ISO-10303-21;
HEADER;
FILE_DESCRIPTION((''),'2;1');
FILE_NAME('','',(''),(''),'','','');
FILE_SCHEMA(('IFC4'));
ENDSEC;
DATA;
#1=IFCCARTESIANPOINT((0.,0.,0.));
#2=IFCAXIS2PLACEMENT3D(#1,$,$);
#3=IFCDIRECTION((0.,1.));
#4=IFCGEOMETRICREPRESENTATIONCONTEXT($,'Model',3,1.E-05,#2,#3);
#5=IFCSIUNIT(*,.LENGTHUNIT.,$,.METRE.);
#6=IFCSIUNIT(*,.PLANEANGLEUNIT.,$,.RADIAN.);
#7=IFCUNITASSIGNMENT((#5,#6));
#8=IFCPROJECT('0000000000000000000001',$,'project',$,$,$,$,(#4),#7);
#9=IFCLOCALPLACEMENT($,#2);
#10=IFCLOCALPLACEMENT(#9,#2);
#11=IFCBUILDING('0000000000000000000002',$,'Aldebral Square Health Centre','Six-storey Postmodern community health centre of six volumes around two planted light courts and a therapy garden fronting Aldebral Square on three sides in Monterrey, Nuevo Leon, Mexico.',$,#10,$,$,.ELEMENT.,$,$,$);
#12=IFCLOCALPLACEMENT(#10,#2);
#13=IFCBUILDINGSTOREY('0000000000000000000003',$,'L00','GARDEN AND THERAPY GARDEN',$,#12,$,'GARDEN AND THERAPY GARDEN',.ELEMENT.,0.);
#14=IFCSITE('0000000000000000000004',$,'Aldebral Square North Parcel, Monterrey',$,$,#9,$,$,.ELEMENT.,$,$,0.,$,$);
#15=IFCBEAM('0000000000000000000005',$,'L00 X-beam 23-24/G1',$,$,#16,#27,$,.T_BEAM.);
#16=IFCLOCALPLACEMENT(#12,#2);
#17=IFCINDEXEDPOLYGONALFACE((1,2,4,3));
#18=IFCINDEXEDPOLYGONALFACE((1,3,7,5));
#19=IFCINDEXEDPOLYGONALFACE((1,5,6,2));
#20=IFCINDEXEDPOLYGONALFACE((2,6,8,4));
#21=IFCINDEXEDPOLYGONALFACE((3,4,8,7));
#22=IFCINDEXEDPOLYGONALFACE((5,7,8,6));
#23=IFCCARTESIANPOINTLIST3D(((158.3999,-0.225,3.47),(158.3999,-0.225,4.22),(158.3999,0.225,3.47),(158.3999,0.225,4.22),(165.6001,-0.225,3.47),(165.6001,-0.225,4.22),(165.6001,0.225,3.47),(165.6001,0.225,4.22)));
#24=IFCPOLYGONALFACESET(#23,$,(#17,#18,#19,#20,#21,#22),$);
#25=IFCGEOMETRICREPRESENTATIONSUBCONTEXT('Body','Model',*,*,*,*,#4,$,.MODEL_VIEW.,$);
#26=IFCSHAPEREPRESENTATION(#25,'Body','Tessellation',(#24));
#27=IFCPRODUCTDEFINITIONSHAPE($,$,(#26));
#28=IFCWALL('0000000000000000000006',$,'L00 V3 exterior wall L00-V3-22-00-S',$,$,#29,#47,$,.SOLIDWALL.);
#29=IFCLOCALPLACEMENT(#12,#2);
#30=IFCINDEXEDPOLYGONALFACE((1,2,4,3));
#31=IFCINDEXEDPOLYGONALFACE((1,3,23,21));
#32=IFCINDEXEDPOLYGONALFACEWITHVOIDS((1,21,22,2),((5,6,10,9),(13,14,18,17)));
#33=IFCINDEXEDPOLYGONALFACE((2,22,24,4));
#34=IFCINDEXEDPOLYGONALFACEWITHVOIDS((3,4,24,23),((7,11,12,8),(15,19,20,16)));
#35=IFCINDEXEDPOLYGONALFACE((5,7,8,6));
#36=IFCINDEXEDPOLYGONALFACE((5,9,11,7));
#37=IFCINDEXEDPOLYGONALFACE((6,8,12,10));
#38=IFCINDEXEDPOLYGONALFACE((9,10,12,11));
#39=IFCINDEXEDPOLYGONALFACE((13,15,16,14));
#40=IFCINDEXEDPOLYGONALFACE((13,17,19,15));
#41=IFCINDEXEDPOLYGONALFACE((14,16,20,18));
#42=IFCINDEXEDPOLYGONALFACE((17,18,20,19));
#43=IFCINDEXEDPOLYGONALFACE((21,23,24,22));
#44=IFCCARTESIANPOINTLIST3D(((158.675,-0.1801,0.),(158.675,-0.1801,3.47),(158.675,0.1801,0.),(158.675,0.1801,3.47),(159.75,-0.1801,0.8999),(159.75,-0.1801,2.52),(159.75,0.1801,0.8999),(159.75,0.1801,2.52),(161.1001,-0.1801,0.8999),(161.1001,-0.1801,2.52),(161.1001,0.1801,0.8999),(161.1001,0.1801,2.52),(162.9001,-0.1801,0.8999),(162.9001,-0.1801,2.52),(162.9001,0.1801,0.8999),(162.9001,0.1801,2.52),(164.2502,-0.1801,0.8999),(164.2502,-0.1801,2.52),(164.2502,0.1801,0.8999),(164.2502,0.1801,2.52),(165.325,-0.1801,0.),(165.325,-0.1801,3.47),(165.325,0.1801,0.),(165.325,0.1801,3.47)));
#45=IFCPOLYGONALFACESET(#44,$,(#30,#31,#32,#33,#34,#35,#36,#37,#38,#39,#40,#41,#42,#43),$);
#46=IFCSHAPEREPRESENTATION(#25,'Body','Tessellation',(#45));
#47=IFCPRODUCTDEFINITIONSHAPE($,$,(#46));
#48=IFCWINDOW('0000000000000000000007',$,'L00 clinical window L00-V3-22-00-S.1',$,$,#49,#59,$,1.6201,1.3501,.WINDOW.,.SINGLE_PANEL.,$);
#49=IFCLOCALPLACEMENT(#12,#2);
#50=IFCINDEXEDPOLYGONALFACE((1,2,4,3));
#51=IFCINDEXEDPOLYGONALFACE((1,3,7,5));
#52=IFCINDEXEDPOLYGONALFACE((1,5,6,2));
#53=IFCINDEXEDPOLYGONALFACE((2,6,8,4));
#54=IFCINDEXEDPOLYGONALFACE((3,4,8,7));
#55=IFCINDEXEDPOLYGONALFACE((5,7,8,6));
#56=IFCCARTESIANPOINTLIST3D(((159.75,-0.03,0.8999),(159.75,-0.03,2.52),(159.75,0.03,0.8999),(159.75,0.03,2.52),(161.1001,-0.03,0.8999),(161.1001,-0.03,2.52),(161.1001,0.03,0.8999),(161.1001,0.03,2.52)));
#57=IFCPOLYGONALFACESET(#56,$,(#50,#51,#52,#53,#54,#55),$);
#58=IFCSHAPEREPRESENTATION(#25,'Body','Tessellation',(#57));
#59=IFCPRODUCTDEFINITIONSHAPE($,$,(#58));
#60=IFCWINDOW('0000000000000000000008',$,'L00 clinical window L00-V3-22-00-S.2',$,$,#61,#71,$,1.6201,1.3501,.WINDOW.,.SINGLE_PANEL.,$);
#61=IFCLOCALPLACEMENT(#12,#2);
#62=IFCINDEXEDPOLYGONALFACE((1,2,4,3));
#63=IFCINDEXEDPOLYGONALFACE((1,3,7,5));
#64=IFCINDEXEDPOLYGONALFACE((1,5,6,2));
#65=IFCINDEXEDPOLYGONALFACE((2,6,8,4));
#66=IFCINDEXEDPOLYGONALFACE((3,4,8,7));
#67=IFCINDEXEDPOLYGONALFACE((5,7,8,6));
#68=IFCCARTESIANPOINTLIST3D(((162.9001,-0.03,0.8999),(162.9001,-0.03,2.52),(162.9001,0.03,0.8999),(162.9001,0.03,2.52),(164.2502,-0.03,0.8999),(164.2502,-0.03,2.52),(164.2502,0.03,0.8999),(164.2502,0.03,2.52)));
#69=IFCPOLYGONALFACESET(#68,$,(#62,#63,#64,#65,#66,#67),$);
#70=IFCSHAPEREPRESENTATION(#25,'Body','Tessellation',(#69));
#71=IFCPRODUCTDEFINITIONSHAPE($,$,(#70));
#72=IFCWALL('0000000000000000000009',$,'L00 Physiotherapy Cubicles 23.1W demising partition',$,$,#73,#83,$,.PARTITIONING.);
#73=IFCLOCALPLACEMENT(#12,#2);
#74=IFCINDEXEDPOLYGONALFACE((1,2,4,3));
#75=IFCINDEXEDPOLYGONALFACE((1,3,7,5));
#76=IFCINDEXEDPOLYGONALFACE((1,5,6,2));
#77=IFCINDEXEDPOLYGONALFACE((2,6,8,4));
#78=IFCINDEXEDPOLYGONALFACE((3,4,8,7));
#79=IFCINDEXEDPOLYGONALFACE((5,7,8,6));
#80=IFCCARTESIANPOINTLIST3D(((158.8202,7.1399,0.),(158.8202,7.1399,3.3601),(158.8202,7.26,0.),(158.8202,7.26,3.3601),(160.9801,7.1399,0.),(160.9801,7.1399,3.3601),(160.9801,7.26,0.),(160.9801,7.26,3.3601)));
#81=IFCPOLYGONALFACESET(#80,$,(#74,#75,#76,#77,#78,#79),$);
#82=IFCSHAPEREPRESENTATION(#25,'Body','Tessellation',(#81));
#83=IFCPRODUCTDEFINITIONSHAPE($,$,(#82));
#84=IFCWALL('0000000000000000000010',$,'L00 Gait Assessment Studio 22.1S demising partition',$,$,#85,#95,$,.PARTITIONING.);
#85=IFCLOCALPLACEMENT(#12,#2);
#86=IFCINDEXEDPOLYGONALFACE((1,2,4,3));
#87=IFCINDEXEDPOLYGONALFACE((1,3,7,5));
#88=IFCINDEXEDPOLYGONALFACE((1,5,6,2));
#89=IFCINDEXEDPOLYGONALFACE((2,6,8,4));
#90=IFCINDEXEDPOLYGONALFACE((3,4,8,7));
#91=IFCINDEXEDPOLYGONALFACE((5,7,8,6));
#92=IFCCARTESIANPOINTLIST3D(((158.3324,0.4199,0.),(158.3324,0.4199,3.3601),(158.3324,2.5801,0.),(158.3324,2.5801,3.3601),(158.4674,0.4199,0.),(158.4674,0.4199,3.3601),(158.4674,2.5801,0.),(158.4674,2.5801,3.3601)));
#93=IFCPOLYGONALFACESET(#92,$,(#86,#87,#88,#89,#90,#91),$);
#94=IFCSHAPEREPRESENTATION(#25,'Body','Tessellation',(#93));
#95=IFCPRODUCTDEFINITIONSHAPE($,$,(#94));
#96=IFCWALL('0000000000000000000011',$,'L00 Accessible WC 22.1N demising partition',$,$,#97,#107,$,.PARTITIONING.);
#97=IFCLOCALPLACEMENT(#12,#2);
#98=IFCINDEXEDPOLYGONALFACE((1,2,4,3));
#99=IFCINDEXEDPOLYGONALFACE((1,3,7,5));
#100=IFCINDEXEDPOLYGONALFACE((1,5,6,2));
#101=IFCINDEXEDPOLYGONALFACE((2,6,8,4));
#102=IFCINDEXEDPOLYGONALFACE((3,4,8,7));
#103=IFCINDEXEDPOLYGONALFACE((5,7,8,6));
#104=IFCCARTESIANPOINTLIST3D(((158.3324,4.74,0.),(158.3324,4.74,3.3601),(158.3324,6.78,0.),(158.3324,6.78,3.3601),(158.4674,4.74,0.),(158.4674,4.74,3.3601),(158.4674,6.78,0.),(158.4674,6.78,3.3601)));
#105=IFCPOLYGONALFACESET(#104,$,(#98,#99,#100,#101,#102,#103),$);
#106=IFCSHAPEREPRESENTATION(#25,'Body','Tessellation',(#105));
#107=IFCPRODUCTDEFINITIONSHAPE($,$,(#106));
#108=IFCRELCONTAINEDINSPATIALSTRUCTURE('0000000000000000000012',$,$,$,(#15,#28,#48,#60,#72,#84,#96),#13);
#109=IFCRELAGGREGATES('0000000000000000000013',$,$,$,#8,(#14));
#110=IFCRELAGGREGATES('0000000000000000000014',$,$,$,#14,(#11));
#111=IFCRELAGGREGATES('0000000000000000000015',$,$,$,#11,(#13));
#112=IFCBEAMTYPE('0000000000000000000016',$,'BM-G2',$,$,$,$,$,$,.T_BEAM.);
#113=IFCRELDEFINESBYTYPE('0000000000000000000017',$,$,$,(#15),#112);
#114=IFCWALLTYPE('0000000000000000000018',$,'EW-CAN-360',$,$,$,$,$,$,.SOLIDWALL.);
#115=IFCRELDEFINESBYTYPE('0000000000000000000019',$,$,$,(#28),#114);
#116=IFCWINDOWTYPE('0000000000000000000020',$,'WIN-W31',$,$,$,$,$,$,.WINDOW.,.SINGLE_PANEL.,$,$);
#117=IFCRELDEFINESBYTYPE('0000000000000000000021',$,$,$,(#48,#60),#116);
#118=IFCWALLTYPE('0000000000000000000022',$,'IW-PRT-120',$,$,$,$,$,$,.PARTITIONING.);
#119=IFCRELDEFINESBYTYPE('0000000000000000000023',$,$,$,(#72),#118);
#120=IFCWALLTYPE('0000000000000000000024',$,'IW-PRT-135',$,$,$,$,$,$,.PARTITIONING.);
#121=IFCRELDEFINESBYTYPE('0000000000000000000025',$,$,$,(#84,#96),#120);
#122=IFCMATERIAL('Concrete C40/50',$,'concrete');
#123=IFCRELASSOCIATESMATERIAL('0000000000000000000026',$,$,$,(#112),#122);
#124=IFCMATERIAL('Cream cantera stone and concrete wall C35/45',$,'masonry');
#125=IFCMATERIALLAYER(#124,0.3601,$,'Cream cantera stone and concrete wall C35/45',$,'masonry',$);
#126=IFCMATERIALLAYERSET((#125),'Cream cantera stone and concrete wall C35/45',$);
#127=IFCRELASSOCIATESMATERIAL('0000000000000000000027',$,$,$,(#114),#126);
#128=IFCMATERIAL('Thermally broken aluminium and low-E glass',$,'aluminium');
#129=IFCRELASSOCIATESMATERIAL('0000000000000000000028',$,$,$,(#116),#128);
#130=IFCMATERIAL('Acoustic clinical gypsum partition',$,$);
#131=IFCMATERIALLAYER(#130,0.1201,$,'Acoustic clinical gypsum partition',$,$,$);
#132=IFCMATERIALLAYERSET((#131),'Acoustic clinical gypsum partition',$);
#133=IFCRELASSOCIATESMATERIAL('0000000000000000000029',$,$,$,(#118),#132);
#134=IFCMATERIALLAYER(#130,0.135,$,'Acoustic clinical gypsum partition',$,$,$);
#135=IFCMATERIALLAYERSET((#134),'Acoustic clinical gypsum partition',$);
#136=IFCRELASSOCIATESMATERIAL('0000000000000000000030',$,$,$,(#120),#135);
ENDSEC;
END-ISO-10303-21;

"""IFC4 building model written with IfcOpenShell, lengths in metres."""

from ifc_helpers import new_model, si_unit, direction, frame, frame_2d, origin, origin_2d, place, context, subcontext, project, spatial, rectangle, extrude, material, layer, layer_set, material_profile, profile_set, type_object, element, fill, save


model = new_model("IFC4")

# Units and contexts
model_context = context("Model", 3, precision=1e-05, world=origin(), true_north=direction((0.0, 1.0)))
body_context = subcontext(model_context, "Body", "Model", "MODEL_VIEW")
ifc_project = project(units=[si_unit("LENGTHUNIT", "METRE"), si_unit("PLANEANGLEUNIT", "RADIAN")], contexts=[model_context])

# Site, building, storey
site_placement = place(None, origin())
site = spatial("IfcSite", under=ifc_project, at=site_placement, Name="Aldebral Square North Parcel, Monterrey", CompositionType="ELEMENT", RefElevation=0.0)
building_placement = place(site_placement, origin())
building = spatial("IfcBuilding", under=site, at=building_placement, Name="Aldebral Square Health Centre", Description="Six-storey Postmodern community health centre of six volumes around two planted light courts and a therapy garden fronting Aldebral Square on three sides in Monterrey, Nuevo Leon, Mexico.", CompositionType="ELEMENT")
storey_placement = place(building_placement, origin())
storey = spatial("IfcBuildingStorey", under=building, at=storey_placement, Name="L00", Description="GARDEN AND THERAPY GARDEN", LongName="GARDEN AND THERAPY GARDEN", CompositionType="ELEMENT", Elevation=0.0)

# Shared definitions
ifc_material_1 = material(Name="Concrete C40/50", Category="concrete")

# Beam
ifc_material_profile_1 = material_profile(ifc_material_1, rectangle(XDim=0.45, YDim=0.75, at=origin_2d()), Name="RC 450x750")
ifc_profile_set_1 = profile_set([ifc_material_profile_1], Name="Concrete C40/50")
beam_type_1 = type_object("IfcBeamType", Name="BM-G2", PredefinedType="T_BEAM", material=ifc_profile_set_1)
beam_1_placement = place(storey_placement, frame((158.3999, 0.0, 3.845), z_axis=(1.0, 0.0, 0.0), x_axis=(0.0, 1.0, 0.0)))
element("IfcBeam", 1, at=beam_1_placement, inside=storey, type_object=beam_type_1, Name="L00 X-beam 23-24/G1", PredefinedType="T_BEAM", context=body_context, shape_type="SweptSolid", body=[
    extrude(rectangle(XDim=0.45, YDim=0.75, at=origin_2d()), origin(), (0.0, 0.0, 1.0), 7.2002),
])

# Wall, openings, windows
ifc_material_2 = material(Name="Cream cantera stone and concrete wall C35/45", Category="masonry")
ifc_layer_1 = layer(ifc_material_2, 0.3601, Name="Cream cantera stone and concrete wall C35/45", Category="masonry")
ifc_layer_set_1 = layer_set([ifc_layer_1], Name="Cream cantera stone and concrete wall C35/45")
wall_type_1 = type_object("IfcWallType", Name="EW-CAN-360", PredefinedType="SOLIDWALL", material=ifc_layer_set_1)
wall_1_placement = place(storey_placement, frame((158.675, 0.0, 0.0), z_axis=(0.0, 0.0, 1.0), x_axis=(1.0, 0.0, 0.0)))
wall_1 = element("IfcWall", 2, at=wall_1_placement, inside=storey, type_object=wall_type_1, Name="L00 V3 exterior wall L00-V3-22-00-S", PredefinedType="SOLIDWALL", context=body_context, shape_type="SweptSolid", body=[
    extrude(rectangle(XDim=6.6499, YDim=0.3601, at=frame_2d((3.325, 0.0))), origin(), (0.0, 0.0, 1.0), 3.47),
])
opening_1_placement = place(wall_1_placement, frame((1.075, 0.0, 0.8999)))
opening_1 = element("IfcOpeningElement", 3, at=opening_1_placement, cuts=wall_1, PredefinedType="OPENING", context=body_context, shape_type="SweptSolid", body=[
    extrude(rectangle(XDim=1.3501, YDim=1.6201, at=frame_2d((0.675, 0.8101))), frame((0.0, 0.1899, 0.0), z_axis=(0.0, -1.0, 0.0), x_axis=(1.0, 0.0, 0.0)), (0.0, 0.0, 1.0), 0.3801),
])
opening_2_placement = place(wall_1_placement, frame((4.2251, 0.0, 0.8999)))
opening_2 = element("IfcOpeningElement", 4, at=opening_2_placement, cuts=wall_1, PredefinedType="OPENING", context=body_context, shape_type="SweptSolid", body=[
    extrude(rectangle(XDim=1.3501, YDim=1.6201, at=frame_2d((0.675, 0.8101))), frame((0.0, 0.1899, 0.0), z_axis=(0.0, -1.0, 0.0), x_axis=(1.0, 0.0, 0.0)), (0.0, 0.0, 1.0), 0.3801),
])
ifc_material_3 = material(Name="Thermally broken aluminium and low-E glass", Category="aluminium")
window_type = type_object("IfcWindowType", Name="WIN-W31", PartitioningType="SINGLE_PANEL", PredefinedType="WINDOW", material=ifc_material_3)
window_1_placement = place(opening_1_placement, origin())
window_1 = element("IfcWindow", 5, at=window_1_placement, inside=storey, type_object=window_type, Name="L00 clinical window L00-V3-22-00-S.1", OverallHeight=1.6201, OverallWidth=1.3501, PartitioningType="SINGLE_PANEL", PredefinedType="WINDOW", context=body_context, shape_type="SweptSolid", body=[
    extrude(rectangle(XDim=1.3501, YDim=1.6201, at=frame_2d((0.675, 0.8101))), frame((0.0, 0.03, 0.0), z_axis=(0.0, -1.0, 0.0), x_axis=(1.0, 0.0, 0.0)), (0.0, 0.0, 1.0), 0.0601),
])
fill(opening_1, window_1)
window_2_placement = place(opening_2_placement, origin())
window_2 = element("IfcWindow", 6, at=window_2_placement, inside=storey, type_object=window_type, Name="L00 clinical window L00-V3-22-00-S.2", OverallHeight=1.6201, OverallWidth=1.3501, PartitioningType="SINGLE_PANEL", PredefinedType="WINDOW", context=body_context, shape_type="SweptSolid", body=[
    extrude(rectangle(XDim=1.3501, YDim=1.6201, at=frame_2d((0.675, 0.8101))), frame((0.0, 0.03, 0.0), z_axis=(0.0, -1.0, 0.0), x_axis=(1.0, 0.0, 0.0)), (0.0, 0.0, 1.0), 0.0601),
])
fill(opening_2, window_2)

# Walls
ifc_material_4 = material(Name="Acoustic clinical gypsum partition")
ifc_layer_2 = layer(ifc_material_4, 0.1201, Name="Acoustic clinical gypsum partition")
ifc_layer_set_2 = layer_set([ifc_layer_2], Name="Acoustic clinical gypsum partition")
wall_type_2 = type_object("IfcWallType", Name="IW-PRT-120", PredefinedType="PARTITIONING", material=ifc_layer_set_2)
wall_2_placement = place(storey_placement, frame((158.8201, 7.2, 0.0), z_axis=(0.0, 0.0, 1.0), x_axis=(1.0, 0.0, 0.0)))
element("IfcWall", 7, at=wall_2_placement, inside=storey, type_object=wall_type_2, Name="L00 Physiotherapy Cubicles 23.1W demising partition", PredefinedType="PARTITIONING", context=body_context, shape_type="SweptSolid", body=[
    extrude(rectangle(XDim=2.1599, YDim=0.1201, at=frame_2d((1.0801, 0.0))), origin(), (0.0, 0.0, 1.0), 3.3601),
])
ifc_layer_3 = layer(ifc_material_4, 0.135, Name="Acoustic clinical gypsum partition")
ifc_layer_set_3 = layer_set([ifc_layer_3], Name="Acoustic clinical gypsum partition")
wall_type_3 = type_object("IfcWallType", Name="IW-PRT-135", PredefinedType="PARTITIONING", material=ifc_layer_set_3)
wall_3_placement = place(storey_placement, frame((158.3999, 0.4199, 0.0), z_axis=(0.0, 0.0, 1.0), x_axis=(0.0, 1.0, 0.0)))
element("IfcWall", 8, at=wall_3_placement, inside=storey, type_object=wall_type_3, Name="L00 Gait Assessment Studio 22.1S demising partition", PredefinedType="PARTITIONING", context=body_context, shape_type="SweptSolid", body=[
    extrude(rectangle(XDim=2.1602, YDim=0.135, at=frame_2d((1.0801, 0.0))), origin(), (0.0, 0.0, 1.0), 3.3601),
])
wall_4_placement = place(storey_placement, frame((158.3999, 4.74, 0.0), z_axis=(0.0, 0.0, 1.0), x_axis=(0.0, 1.0, 0.0)))
element("IfcWall", 9, at=wall_4_placement, inside=storey, type_object=wall_type_3, Name="L00 Accessible WC 22.1N demising partition", PredefinedType="PARTITIONING", context=body_context, shape_type="SweptSolid", body=[
    extrude(rectangle(XDim=2.04, YDim=0.135, at=frame_2d((1.02, 0.0))), origin(), (0.0, 0.0, 1.0), 3.3601),
])

save(model, "model.ifc")
